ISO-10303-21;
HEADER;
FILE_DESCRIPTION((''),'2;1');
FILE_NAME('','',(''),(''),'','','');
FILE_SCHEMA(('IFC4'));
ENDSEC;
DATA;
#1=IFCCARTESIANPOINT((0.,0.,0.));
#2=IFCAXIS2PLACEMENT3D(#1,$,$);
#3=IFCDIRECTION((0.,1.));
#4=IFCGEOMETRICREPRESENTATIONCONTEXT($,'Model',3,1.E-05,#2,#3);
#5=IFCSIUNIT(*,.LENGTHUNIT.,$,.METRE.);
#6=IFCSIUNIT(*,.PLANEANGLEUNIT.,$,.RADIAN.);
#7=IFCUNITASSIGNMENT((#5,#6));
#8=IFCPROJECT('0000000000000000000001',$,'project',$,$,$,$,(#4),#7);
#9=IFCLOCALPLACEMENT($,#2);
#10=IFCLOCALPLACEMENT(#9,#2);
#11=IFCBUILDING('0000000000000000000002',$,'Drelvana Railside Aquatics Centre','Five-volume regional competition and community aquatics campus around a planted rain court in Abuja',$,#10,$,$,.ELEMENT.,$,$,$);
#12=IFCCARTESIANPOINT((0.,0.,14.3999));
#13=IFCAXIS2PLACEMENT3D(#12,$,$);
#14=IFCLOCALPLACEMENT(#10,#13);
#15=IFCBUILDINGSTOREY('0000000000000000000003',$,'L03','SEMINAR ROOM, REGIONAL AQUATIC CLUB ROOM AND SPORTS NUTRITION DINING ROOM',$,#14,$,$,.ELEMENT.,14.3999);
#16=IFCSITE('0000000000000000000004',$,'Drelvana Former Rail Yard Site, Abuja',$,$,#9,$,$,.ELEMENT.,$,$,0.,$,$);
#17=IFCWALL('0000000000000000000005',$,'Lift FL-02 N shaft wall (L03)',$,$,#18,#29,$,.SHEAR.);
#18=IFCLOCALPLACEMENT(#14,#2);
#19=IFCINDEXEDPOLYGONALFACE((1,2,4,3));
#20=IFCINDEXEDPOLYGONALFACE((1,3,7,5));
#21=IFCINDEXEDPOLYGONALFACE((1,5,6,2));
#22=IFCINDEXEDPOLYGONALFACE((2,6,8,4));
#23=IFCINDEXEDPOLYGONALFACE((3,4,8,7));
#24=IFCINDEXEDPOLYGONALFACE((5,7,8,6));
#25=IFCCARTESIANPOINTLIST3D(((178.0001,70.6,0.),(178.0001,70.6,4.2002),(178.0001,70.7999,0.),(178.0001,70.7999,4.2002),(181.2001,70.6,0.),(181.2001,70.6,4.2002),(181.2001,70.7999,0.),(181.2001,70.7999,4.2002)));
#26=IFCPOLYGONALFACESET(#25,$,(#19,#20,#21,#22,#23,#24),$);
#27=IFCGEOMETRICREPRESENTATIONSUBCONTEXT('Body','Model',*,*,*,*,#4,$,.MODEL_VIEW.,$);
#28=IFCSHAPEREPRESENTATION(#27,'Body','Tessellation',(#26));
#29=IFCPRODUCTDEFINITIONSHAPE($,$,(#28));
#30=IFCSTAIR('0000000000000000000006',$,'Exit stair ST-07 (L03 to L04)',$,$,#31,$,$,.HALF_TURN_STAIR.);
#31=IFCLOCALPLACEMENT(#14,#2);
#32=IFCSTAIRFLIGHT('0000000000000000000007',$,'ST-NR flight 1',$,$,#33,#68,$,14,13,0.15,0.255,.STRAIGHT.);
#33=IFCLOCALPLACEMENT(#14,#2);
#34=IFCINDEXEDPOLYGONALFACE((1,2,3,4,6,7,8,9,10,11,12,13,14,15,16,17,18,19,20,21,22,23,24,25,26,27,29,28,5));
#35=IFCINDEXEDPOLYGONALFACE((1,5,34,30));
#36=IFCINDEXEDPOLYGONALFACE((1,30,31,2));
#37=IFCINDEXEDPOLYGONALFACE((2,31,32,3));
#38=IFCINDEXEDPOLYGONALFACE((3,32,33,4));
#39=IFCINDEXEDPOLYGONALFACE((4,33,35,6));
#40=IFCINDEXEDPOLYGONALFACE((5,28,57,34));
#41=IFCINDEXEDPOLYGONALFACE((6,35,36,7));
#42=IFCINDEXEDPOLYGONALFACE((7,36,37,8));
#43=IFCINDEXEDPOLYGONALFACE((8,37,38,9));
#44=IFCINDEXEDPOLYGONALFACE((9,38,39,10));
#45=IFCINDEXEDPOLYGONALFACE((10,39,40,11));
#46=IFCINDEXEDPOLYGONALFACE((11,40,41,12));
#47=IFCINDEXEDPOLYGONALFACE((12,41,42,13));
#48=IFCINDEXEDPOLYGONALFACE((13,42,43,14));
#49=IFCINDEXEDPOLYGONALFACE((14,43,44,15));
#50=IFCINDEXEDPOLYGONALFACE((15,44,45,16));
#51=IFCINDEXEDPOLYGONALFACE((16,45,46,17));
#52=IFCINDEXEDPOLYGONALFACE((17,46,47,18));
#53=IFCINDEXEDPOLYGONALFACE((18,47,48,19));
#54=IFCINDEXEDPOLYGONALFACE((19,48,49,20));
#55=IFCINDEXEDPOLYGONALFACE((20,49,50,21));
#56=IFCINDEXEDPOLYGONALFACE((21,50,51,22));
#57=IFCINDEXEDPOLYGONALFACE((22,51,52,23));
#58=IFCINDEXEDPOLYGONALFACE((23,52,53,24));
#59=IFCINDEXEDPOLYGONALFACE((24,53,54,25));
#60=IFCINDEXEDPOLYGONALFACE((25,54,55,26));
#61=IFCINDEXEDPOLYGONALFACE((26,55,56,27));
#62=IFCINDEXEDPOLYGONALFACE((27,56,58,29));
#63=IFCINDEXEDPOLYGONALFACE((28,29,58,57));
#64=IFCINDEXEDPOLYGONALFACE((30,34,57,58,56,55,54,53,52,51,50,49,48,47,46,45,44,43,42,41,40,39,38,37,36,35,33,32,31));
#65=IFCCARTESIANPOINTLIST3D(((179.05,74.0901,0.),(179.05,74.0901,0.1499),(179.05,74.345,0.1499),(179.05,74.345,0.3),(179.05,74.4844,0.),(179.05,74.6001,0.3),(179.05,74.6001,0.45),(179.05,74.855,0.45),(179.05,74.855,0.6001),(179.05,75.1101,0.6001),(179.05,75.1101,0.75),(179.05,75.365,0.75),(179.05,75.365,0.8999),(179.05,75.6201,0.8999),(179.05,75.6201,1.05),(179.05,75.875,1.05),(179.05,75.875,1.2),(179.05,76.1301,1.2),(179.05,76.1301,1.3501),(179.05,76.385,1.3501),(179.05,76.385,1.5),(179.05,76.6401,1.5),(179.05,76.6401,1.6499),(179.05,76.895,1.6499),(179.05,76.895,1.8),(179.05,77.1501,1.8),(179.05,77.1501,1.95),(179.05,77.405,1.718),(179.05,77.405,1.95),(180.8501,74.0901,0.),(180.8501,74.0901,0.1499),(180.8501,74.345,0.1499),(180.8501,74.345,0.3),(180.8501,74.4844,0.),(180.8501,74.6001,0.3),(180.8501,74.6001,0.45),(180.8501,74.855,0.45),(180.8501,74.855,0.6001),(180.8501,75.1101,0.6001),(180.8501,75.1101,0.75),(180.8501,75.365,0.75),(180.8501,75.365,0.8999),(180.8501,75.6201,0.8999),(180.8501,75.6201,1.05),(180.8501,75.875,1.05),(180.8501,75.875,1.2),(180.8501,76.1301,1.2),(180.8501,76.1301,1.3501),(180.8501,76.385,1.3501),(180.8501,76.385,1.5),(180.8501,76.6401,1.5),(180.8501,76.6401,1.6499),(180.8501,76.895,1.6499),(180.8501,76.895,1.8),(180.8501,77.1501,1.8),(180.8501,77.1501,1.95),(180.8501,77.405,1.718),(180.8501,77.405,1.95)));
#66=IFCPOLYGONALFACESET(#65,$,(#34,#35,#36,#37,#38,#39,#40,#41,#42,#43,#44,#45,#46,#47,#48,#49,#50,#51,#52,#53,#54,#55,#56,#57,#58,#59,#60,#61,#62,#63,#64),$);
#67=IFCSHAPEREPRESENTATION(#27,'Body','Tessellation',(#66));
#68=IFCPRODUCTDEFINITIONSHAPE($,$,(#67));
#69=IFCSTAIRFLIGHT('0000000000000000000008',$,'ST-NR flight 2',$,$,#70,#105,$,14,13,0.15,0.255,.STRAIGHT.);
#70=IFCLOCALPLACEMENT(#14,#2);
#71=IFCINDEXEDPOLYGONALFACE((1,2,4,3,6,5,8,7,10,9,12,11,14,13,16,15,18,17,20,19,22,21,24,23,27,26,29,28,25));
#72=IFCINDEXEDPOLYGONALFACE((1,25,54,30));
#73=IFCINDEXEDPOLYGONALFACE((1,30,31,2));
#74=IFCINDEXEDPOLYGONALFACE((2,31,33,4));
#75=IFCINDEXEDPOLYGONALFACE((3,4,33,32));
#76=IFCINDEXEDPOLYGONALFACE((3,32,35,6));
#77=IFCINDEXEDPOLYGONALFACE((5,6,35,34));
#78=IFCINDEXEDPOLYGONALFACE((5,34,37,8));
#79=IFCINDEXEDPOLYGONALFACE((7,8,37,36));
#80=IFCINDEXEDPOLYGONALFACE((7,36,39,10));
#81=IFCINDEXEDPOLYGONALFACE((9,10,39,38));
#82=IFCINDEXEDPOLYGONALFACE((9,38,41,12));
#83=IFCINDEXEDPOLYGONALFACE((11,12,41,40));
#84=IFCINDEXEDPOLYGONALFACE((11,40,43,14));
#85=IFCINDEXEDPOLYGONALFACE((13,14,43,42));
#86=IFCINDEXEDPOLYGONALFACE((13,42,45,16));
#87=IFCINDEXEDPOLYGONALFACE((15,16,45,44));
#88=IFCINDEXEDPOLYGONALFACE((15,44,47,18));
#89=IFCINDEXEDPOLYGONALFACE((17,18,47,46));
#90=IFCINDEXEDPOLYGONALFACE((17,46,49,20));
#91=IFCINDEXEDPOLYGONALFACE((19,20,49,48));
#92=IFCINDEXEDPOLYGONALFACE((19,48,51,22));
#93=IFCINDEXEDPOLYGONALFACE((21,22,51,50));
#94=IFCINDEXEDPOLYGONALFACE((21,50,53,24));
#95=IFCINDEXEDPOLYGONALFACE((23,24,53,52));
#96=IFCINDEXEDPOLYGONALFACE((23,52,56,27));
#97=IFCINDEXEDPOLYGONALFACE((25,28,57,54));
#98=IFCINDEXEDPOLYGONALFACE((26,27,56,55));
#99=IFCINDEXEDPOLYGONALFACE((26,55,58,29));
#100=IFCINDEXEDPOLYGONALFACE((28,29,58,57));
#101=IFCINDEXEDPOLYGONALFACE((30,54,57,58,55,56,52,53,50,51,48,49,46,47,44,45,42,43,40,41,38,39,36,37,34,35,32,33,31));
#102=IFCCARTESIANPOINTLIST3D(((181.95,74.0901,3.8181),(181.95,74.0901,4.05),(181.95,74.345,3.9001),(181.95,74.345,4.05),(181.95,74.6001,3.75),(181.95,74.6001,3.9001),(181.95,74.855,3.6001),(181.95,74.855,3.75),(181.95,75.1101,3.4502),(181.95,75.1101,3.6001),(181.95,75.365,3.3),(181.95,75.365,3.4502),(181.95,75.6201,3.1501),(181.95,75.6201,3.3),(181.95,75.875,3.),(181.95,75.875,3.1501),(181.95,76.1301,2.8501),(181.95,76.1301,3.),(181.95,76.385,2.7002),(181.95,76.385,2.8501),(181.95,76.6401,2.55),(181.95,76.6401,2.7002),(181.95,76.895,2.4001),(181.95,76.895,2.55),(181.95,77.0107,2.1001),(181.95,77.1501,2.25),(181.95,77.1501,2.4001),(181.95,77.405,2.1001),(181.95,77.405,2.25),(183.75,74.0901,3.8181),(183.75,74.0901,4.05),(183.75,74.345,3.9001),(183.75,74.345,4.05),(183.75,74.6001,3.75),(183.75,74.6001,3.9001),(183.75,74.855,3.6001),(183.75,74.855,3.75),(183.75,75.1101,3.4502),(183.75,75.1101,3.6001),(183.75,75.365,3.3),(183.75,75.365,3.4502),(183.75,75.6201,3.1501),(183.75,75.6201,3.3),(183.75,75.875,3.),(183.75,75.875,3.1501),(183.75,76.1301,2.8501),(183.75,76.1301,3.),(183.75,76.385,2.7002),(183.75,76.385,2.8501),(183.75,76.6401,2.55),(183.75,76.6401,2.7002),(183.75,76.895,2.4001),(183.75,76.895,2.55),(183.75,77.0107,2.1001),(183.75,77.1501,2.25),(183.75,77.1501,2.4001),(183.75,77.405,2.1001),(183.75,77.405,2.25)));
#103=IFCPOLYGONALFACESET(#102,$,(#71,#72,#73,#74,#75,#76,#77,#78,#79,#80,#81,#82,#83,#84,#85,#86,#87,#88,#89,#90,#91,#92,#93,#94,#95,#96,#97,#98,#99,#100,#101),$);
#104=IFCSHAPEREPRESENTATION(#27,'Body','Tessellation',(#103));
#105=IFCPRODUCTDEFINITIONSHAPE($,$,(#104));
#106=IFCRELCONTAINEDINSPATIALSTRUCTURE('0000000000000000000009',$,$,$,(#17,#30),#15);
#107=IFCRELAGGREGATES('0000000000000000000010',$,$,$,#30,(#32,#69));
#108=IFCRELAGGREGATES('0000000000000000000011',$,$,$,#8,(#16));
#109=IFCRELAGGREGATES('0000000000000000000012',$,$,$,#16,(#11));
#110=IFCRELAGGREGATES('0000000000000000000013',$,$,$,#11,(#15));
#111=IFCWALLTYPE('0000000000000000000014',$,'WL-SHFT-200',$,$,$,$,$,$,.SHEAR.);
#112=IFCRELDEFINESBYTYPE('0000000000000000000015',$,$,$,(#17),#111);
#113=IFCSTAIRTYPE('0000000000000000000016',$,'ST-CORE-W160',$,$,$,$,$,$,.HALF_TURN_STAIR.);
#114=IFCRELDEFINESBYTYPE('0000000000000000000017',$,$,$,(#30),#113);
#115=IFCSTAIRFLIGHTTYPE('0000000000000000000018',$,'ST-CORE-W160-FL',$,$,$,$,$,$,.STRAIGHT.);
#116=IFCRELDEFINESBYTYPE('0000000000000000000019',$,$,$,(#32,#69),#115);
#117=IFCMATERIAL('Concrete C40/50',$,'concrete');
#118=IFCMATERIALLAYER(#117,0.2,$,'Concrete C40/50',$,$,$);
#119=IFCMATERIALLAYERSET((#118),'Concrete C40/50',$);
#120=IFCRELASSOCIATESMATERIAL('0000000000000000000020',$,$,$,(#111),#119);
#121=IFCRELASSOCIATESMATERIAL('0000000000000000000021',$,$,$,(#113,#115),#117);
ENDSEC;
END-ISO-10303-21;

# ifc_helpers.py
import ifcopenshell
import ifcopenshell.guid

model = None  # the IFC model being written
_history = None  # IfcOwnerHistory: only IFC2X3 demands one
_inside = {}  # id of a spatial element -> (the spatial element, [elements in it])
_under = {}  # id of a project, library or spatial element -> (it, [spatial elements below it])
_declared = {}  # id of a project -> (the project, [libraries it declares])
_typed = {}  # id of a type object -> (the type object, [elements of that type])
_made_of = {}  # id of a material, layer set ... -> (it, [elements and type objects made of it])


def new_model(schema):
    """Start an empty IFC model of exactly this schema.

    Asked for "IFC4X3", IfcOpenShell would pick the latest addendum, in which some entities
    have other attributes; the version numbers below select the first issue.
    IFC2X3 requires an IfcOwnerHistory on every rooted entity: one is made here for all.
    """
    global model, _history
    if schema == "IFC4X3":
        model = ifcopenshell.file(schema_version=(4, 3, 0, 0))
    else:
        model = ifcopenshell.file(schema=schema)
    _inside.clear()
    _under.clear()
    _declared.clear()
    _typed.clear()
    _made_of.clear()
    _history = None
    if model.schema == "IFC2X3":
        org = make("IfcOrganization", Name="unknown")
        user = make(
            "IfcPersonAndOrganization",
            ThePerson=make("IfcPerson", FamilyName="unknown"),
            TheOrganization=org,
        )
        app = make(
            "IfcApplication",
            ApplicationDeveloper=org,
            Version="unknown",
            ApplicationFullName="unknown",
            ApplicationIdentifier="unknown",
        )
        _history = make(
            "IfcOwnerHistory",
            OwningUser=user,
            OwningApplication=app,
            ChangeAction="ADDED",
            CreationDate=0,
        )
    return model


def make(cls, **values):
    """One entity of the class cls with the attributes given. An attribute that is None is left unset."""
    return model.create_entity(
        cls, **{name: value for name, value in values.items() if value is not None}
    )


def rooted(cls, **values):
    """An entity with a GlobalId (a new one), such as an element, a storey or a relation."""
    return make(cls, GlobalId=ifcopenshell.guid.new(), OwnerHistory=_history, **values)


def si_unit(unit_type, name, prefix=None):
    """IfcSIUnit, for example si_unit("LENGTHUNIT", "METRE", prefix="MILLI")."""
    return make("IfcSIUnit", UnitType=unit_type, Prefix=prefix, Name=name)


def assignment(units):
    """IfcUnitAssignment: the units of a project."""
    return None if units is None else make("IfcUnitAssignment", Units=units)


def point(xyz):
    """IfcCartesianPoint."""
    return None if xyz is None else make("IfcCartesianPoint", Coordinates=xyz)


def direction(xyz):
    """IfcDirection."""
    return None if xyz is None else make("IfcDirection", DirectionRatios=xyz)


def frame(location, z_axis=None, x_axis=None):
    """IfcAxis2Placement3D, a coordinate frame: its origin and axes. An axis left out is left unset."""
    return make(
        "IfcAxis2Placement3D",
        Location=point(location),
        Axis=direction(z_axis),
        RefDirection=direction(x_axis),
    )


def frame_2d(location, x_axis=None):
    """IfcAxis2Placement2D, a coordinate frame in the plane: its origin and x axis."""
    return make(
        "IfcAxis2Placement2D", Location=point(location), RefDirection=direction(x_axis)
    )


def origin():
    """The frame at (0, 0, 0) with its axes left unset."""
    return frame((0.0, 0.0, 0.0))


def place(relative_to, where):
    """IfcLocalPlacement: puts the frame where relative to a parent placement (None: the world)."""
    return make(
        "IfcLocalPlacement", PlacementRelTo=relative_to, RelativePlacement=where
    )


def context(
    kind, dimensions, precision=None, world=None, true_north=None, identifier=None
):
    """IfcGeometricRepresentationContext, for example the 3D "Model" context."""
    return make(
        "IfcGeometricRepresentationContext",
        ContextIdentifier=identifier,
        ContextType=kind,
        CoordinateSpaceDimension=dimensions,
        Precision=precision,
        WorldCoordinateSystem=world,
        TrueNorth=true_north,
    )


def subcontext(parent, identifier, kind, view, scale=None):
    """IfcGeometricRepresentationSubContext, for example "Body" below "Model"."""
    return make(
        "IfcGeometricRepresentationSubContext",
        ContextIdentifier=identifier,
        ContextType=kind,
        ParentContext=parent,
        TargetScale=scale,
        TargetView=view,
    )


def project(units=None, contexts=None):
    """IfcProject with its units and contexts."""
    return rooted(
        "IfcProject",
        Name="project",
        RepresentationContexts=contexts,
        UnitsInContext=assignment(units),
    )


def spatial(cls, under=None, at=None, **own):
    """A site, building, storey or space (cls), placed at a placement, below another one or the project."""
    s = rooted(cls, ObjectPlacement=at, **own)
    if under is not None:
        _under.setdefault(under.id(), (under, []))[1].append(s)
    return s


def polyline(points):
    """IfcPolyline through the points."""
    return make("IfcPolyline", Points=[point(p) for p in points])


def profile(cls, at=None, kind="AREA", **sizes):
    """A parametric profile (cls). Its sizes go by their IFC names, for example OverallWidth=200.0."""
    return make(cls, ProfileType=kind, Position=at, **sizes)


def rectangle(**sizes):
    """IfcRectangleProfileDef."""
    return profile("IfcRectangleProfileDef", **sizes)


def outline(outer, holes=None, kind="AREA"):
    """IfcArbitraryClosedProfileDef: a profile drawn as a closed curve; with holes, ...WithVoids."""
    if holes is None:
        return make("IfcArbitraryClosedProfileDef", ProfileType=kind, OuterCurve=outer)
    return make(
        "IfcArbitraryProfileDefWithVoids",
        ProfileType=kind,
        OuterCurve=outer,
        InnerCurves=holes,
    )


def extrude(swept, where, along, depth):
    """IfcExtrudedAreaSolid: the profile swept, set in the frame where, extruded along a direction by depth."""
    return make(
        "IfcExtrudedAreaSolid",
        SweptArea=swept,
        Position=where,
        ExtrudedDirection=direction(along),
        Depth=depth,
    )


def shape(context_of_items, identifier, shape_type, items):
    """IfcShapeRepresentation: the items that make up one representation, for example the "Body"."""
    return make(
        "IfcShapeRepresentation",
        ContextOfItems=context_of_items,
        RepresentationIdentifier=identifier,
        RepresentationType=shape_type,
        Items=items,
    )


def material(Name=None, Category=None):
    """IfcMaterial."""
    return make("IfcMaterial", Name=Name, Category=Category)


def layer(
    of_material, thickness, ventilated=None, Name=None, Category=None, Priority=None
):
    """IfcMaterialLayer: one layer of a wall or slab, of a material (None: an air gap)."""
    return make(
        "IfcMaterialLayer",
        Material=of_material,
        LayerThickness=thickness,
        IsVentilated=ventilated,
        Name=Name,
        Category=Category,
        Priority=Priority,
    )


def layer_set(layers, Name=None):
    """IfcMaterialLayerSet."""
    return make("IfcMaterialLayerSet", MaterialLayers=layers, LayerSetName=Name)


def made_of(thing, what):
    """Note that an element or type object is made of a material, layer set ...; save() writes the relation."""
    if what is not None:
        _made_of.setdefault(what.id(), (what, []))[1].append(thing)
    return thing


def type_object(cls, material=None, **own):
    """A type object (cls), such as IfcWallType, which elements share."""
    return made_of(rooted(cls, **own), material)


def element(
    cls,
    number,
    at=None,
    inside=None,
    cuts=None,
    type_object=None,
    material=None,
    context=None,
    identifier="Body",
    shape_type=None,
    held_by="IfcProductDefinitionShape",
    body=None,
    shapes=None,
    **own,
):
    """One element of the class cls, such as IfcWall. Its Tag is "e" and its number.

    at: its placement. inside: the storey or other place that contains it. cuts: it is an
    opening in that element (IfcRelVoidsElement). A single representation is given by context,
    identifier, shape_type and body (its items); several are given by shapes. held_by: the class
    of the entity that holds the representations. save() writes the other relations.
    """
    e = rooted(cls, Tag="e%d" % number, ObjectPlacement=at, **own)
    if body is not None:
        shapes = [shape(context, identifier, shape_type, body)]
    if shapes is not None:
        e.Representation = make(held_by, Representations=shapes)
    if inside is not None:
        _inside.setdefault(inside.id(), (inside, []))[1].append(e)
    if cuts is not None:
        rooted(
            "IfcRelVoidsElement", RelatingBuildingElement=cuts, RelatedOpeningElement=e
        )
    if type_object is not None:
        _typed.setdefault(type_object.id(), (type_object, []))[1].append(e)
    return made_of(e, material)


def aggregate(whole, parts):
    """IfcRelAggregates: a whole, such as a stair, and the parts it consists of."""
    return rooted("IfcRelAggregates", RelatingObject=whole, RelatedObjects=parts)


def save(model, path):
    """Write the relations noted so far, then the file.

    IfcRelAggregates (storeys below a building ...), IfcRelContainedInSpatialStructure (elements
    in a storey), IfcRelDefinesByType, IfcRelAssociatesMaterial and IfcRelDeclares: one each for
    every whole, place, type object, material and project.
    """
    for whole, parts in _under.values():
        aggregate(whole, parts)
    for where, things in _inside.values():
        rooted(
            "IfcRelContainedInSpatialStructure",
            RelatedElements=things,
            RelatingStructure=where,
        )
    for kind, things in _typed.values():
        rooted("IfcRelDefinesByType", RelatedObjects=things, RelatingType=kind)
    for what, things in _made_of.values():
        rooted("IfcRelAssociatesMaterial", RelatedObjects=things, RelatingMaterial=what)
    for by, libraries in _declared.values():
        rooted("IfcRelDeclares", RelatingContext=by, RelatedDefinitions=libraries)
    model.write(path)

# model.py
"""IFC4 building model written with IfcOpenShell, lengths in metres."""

from ifc_helpers import new_model, si_unit, direction, frame, frame_2d, origin, place, context, subcontext, project, spatial, polyline, rectangle, outline, extrude, material, layer, layer_set, type_object, element, aggregate, save


model = new_model("IFC4")

# Units and contexts
model_context = context("Model", 3, precision=1e-05, world=origin(), true_north=direction((0.0, 1.0)))
body_context = subcontext(model_context, "Body", "Model", "MODEL_VIEW")
ifc_project = project(units=[si_unit("LENGTHUNIT", "METRE"), si_unit("PLANEANGLEUNIT", "RADIAN")], contexts=[model_context])

# Site, building, storey
site_placement = place(None, origin())
site = spatial("IfcSite", under=ifc_project, at=site_placement, Name="Drelvana Former Rail Yard Site, Abuja", CompositionType="ELEMENT", RefElevation=0.0)
building_placement = place(site_placement, origin())
building = spatial("IfcBuilding", under=site, at=building_placement, Name="Drelvana Railside Aquatics Centre", Description="Five-volume regional competition and community aquatics campus around a planted rain court in Abuja", CompositionType="ELEMENT")
storey_placement = place(building_placement, frame((0.0, 0.0, 14.3999)))
storey = spatial("IfcBuildingStorey", under=building, at=storey_placement, Name="L03", Description="SEMINAR ROOM, REGIONAL AQUATIC CLUB ROOM AND SPORTS NUTRITION DINING ROOM", CompositionType="ELEMENT", Elevation=14.3999)

# Shared definitions
ifc_material_1 = material(Name="Concrete C40/50", Category="concrete")

# Wall
ifc_layer_1 = layer(ifc_material_1, 0.2, Name="Concrete C40/50")
ifc_layer_set_1 = layer_set([ifc_layer_1], Name="Concrete C40/50")
wall_type_1 = type_object("IfcWallType", Name="WL-SHFT-200", PredefinedType="SHEAR", material=ifc_layer_set_1)
wall_1_placement = place(storey_placement, frame((178.0, 70.7, 0.0), z_axis=(0.0, 0.0, 1.0), x_axis=(1.0, 0.0, 0.0)))
element("IfcWall", 1, at=wall_1_placement, inside=storey, type_object=wall_type_1, Name="Lift FL-02 N shaft wall (L03)", PredefinedType="SHEAR", context=body_context, shape_type="SweptSolid", body=[
    extrude(rectangle(XDim=3.2, YDim=0.2, at=frame_2d((1.6001, 0.0))), origin(), (0.0, 0.0, 1.0), 4.2002),
])

# Stair, stair flights
stair_type = type_object("IfcStairType", Name="ST-CORE-W160", PredefinedType="HALF_TURN_STAIR", material=ifc_material_1)
stair_placement = place(storey_placement, origin())
stair = element("IfcStair", 2, at=stair_placement, inside=storey, type_object=stair_type, Name="Exit stair ST-07 (L03 to L04)", PredefinedType="HALF_TURN_STAIR")
stair_flight_type = type_object("IfcStairFlightType", Name="ST-CORE-W160-FL", PredefinedType="STRAIGHT", material=ifc_material_1)
stair_flight_1_placement = place(storey_placement, frame((179.95, 74.0901, 0.0), z_axis=(0.0, 0.0, 1.0), x_axis=(0.0, 1.0, 0.0)))
stair_flight_1 = element("IfcStairFlight", 3, at=stair_flight_1_placement, type_object=stair_flight_type, Name="ST-NR flight 1", NumberOfRisers=14, NumberOfTreads=13, PredefinedType="STRAIGHT", RiserHeight=0.15, TreadLength=0.255, context=body_context, shape_type="SweptSolid", body=[
    extrude(outline(polyline([(0.0, 0.0), (0.0, 0.1499), (0.2549, 0.1499), (0.2549, 0.3), (0.51, 0.3), (0.51, 0.45), (0.7649, 0.45), (0.7649, 0.6001), (1.02, 0.6001), (1.02, 0.75), (1.2749, 0.75), (1.2749, 0.8999), (1.53, 0.8999), (1.53, 1.05), (1.7849, 1.05), (1.7849, 1.2), (2.04, 1.2), (2.04, 1.3501), (2.2949, 1.3501), (2.2949, 1.5), (2.55, 1.5), (2.55, 1.6499), (2.8049, 1.6499), (2.8049, 1.8), (3.0601, 1.8), (3.0601, 1.95), (3.3149, 1.95), (3.3149, 2.1001), (3.3149, 1.718), (0.3943, 0.0), (0.0, 0.0)])), frame((0.0, 0.8999, 0.0), z_axis=(0.0, -1.0, 0.0), x_axis=(1.0, 0.0, 0.0)), (0.0, 0.0, 1.0), 1.8),
])
stair_flight_2_placement = place(storey_placement, frame((182.8501, 77.405, 2.1001), z_axis=(0.0, 0.0, 1.0), x_axis=(0.0, -1.0, 0.0)))
stair_flight_2 = element("IfcStairFlight", 4, at=stair_flight_2_placement, type_object=stair_flight_type, Name="ST-NR flight 2", NumberOfRisers=14, NumberOfTreads=13, PredefinedType="STRAIGHT", RiserHeight=0.15, TreadLength=0.255, context=body_context, shape_type="SweptSolid", body=[
    extrude(outline(polyline([(0.0, 0.0), (0.0, 0.1499), (0.2549, 0.1499), (0.2549, 0.3), (0.51, 0.3), (0.51, 0.45), (0.7649, 0.45), (0.7649, 0.6001), (1.02, 0.6001), (1.02, 0.75), (1.2749, 0.75), (1.2749, 0.8999), (1.53, 0.8999), (1.53, 1.05), (1.7849, 1.05), (1.7849, 1.2), (2.04, 1.2), (2.04, 1.3501), (2.2949, 1.3501), (2.2949, 1.5), (2.55, 1.5), (2.55, 1.6499), (2.8049, 1.6499), (2.8049, 1.8), (3.0601, 1.8), (3.0601, 1.95), (3.3149, 1.95), (3.3149, 2.1001), (3.3149, 1.718), (0.3943, 0.0), (0.0, 0.0)])), frame((0.0, 0.8999, 0.0), z_axis=(0.0, -1.0, 0.0), x_axis=(1.0, 0.0, 0.0)), (0.0, 0.0, 1.0), 1.8),
])
aggregate(stair, [stair_flight_1, stair_flight_2])

save(model, "model.ifc")
